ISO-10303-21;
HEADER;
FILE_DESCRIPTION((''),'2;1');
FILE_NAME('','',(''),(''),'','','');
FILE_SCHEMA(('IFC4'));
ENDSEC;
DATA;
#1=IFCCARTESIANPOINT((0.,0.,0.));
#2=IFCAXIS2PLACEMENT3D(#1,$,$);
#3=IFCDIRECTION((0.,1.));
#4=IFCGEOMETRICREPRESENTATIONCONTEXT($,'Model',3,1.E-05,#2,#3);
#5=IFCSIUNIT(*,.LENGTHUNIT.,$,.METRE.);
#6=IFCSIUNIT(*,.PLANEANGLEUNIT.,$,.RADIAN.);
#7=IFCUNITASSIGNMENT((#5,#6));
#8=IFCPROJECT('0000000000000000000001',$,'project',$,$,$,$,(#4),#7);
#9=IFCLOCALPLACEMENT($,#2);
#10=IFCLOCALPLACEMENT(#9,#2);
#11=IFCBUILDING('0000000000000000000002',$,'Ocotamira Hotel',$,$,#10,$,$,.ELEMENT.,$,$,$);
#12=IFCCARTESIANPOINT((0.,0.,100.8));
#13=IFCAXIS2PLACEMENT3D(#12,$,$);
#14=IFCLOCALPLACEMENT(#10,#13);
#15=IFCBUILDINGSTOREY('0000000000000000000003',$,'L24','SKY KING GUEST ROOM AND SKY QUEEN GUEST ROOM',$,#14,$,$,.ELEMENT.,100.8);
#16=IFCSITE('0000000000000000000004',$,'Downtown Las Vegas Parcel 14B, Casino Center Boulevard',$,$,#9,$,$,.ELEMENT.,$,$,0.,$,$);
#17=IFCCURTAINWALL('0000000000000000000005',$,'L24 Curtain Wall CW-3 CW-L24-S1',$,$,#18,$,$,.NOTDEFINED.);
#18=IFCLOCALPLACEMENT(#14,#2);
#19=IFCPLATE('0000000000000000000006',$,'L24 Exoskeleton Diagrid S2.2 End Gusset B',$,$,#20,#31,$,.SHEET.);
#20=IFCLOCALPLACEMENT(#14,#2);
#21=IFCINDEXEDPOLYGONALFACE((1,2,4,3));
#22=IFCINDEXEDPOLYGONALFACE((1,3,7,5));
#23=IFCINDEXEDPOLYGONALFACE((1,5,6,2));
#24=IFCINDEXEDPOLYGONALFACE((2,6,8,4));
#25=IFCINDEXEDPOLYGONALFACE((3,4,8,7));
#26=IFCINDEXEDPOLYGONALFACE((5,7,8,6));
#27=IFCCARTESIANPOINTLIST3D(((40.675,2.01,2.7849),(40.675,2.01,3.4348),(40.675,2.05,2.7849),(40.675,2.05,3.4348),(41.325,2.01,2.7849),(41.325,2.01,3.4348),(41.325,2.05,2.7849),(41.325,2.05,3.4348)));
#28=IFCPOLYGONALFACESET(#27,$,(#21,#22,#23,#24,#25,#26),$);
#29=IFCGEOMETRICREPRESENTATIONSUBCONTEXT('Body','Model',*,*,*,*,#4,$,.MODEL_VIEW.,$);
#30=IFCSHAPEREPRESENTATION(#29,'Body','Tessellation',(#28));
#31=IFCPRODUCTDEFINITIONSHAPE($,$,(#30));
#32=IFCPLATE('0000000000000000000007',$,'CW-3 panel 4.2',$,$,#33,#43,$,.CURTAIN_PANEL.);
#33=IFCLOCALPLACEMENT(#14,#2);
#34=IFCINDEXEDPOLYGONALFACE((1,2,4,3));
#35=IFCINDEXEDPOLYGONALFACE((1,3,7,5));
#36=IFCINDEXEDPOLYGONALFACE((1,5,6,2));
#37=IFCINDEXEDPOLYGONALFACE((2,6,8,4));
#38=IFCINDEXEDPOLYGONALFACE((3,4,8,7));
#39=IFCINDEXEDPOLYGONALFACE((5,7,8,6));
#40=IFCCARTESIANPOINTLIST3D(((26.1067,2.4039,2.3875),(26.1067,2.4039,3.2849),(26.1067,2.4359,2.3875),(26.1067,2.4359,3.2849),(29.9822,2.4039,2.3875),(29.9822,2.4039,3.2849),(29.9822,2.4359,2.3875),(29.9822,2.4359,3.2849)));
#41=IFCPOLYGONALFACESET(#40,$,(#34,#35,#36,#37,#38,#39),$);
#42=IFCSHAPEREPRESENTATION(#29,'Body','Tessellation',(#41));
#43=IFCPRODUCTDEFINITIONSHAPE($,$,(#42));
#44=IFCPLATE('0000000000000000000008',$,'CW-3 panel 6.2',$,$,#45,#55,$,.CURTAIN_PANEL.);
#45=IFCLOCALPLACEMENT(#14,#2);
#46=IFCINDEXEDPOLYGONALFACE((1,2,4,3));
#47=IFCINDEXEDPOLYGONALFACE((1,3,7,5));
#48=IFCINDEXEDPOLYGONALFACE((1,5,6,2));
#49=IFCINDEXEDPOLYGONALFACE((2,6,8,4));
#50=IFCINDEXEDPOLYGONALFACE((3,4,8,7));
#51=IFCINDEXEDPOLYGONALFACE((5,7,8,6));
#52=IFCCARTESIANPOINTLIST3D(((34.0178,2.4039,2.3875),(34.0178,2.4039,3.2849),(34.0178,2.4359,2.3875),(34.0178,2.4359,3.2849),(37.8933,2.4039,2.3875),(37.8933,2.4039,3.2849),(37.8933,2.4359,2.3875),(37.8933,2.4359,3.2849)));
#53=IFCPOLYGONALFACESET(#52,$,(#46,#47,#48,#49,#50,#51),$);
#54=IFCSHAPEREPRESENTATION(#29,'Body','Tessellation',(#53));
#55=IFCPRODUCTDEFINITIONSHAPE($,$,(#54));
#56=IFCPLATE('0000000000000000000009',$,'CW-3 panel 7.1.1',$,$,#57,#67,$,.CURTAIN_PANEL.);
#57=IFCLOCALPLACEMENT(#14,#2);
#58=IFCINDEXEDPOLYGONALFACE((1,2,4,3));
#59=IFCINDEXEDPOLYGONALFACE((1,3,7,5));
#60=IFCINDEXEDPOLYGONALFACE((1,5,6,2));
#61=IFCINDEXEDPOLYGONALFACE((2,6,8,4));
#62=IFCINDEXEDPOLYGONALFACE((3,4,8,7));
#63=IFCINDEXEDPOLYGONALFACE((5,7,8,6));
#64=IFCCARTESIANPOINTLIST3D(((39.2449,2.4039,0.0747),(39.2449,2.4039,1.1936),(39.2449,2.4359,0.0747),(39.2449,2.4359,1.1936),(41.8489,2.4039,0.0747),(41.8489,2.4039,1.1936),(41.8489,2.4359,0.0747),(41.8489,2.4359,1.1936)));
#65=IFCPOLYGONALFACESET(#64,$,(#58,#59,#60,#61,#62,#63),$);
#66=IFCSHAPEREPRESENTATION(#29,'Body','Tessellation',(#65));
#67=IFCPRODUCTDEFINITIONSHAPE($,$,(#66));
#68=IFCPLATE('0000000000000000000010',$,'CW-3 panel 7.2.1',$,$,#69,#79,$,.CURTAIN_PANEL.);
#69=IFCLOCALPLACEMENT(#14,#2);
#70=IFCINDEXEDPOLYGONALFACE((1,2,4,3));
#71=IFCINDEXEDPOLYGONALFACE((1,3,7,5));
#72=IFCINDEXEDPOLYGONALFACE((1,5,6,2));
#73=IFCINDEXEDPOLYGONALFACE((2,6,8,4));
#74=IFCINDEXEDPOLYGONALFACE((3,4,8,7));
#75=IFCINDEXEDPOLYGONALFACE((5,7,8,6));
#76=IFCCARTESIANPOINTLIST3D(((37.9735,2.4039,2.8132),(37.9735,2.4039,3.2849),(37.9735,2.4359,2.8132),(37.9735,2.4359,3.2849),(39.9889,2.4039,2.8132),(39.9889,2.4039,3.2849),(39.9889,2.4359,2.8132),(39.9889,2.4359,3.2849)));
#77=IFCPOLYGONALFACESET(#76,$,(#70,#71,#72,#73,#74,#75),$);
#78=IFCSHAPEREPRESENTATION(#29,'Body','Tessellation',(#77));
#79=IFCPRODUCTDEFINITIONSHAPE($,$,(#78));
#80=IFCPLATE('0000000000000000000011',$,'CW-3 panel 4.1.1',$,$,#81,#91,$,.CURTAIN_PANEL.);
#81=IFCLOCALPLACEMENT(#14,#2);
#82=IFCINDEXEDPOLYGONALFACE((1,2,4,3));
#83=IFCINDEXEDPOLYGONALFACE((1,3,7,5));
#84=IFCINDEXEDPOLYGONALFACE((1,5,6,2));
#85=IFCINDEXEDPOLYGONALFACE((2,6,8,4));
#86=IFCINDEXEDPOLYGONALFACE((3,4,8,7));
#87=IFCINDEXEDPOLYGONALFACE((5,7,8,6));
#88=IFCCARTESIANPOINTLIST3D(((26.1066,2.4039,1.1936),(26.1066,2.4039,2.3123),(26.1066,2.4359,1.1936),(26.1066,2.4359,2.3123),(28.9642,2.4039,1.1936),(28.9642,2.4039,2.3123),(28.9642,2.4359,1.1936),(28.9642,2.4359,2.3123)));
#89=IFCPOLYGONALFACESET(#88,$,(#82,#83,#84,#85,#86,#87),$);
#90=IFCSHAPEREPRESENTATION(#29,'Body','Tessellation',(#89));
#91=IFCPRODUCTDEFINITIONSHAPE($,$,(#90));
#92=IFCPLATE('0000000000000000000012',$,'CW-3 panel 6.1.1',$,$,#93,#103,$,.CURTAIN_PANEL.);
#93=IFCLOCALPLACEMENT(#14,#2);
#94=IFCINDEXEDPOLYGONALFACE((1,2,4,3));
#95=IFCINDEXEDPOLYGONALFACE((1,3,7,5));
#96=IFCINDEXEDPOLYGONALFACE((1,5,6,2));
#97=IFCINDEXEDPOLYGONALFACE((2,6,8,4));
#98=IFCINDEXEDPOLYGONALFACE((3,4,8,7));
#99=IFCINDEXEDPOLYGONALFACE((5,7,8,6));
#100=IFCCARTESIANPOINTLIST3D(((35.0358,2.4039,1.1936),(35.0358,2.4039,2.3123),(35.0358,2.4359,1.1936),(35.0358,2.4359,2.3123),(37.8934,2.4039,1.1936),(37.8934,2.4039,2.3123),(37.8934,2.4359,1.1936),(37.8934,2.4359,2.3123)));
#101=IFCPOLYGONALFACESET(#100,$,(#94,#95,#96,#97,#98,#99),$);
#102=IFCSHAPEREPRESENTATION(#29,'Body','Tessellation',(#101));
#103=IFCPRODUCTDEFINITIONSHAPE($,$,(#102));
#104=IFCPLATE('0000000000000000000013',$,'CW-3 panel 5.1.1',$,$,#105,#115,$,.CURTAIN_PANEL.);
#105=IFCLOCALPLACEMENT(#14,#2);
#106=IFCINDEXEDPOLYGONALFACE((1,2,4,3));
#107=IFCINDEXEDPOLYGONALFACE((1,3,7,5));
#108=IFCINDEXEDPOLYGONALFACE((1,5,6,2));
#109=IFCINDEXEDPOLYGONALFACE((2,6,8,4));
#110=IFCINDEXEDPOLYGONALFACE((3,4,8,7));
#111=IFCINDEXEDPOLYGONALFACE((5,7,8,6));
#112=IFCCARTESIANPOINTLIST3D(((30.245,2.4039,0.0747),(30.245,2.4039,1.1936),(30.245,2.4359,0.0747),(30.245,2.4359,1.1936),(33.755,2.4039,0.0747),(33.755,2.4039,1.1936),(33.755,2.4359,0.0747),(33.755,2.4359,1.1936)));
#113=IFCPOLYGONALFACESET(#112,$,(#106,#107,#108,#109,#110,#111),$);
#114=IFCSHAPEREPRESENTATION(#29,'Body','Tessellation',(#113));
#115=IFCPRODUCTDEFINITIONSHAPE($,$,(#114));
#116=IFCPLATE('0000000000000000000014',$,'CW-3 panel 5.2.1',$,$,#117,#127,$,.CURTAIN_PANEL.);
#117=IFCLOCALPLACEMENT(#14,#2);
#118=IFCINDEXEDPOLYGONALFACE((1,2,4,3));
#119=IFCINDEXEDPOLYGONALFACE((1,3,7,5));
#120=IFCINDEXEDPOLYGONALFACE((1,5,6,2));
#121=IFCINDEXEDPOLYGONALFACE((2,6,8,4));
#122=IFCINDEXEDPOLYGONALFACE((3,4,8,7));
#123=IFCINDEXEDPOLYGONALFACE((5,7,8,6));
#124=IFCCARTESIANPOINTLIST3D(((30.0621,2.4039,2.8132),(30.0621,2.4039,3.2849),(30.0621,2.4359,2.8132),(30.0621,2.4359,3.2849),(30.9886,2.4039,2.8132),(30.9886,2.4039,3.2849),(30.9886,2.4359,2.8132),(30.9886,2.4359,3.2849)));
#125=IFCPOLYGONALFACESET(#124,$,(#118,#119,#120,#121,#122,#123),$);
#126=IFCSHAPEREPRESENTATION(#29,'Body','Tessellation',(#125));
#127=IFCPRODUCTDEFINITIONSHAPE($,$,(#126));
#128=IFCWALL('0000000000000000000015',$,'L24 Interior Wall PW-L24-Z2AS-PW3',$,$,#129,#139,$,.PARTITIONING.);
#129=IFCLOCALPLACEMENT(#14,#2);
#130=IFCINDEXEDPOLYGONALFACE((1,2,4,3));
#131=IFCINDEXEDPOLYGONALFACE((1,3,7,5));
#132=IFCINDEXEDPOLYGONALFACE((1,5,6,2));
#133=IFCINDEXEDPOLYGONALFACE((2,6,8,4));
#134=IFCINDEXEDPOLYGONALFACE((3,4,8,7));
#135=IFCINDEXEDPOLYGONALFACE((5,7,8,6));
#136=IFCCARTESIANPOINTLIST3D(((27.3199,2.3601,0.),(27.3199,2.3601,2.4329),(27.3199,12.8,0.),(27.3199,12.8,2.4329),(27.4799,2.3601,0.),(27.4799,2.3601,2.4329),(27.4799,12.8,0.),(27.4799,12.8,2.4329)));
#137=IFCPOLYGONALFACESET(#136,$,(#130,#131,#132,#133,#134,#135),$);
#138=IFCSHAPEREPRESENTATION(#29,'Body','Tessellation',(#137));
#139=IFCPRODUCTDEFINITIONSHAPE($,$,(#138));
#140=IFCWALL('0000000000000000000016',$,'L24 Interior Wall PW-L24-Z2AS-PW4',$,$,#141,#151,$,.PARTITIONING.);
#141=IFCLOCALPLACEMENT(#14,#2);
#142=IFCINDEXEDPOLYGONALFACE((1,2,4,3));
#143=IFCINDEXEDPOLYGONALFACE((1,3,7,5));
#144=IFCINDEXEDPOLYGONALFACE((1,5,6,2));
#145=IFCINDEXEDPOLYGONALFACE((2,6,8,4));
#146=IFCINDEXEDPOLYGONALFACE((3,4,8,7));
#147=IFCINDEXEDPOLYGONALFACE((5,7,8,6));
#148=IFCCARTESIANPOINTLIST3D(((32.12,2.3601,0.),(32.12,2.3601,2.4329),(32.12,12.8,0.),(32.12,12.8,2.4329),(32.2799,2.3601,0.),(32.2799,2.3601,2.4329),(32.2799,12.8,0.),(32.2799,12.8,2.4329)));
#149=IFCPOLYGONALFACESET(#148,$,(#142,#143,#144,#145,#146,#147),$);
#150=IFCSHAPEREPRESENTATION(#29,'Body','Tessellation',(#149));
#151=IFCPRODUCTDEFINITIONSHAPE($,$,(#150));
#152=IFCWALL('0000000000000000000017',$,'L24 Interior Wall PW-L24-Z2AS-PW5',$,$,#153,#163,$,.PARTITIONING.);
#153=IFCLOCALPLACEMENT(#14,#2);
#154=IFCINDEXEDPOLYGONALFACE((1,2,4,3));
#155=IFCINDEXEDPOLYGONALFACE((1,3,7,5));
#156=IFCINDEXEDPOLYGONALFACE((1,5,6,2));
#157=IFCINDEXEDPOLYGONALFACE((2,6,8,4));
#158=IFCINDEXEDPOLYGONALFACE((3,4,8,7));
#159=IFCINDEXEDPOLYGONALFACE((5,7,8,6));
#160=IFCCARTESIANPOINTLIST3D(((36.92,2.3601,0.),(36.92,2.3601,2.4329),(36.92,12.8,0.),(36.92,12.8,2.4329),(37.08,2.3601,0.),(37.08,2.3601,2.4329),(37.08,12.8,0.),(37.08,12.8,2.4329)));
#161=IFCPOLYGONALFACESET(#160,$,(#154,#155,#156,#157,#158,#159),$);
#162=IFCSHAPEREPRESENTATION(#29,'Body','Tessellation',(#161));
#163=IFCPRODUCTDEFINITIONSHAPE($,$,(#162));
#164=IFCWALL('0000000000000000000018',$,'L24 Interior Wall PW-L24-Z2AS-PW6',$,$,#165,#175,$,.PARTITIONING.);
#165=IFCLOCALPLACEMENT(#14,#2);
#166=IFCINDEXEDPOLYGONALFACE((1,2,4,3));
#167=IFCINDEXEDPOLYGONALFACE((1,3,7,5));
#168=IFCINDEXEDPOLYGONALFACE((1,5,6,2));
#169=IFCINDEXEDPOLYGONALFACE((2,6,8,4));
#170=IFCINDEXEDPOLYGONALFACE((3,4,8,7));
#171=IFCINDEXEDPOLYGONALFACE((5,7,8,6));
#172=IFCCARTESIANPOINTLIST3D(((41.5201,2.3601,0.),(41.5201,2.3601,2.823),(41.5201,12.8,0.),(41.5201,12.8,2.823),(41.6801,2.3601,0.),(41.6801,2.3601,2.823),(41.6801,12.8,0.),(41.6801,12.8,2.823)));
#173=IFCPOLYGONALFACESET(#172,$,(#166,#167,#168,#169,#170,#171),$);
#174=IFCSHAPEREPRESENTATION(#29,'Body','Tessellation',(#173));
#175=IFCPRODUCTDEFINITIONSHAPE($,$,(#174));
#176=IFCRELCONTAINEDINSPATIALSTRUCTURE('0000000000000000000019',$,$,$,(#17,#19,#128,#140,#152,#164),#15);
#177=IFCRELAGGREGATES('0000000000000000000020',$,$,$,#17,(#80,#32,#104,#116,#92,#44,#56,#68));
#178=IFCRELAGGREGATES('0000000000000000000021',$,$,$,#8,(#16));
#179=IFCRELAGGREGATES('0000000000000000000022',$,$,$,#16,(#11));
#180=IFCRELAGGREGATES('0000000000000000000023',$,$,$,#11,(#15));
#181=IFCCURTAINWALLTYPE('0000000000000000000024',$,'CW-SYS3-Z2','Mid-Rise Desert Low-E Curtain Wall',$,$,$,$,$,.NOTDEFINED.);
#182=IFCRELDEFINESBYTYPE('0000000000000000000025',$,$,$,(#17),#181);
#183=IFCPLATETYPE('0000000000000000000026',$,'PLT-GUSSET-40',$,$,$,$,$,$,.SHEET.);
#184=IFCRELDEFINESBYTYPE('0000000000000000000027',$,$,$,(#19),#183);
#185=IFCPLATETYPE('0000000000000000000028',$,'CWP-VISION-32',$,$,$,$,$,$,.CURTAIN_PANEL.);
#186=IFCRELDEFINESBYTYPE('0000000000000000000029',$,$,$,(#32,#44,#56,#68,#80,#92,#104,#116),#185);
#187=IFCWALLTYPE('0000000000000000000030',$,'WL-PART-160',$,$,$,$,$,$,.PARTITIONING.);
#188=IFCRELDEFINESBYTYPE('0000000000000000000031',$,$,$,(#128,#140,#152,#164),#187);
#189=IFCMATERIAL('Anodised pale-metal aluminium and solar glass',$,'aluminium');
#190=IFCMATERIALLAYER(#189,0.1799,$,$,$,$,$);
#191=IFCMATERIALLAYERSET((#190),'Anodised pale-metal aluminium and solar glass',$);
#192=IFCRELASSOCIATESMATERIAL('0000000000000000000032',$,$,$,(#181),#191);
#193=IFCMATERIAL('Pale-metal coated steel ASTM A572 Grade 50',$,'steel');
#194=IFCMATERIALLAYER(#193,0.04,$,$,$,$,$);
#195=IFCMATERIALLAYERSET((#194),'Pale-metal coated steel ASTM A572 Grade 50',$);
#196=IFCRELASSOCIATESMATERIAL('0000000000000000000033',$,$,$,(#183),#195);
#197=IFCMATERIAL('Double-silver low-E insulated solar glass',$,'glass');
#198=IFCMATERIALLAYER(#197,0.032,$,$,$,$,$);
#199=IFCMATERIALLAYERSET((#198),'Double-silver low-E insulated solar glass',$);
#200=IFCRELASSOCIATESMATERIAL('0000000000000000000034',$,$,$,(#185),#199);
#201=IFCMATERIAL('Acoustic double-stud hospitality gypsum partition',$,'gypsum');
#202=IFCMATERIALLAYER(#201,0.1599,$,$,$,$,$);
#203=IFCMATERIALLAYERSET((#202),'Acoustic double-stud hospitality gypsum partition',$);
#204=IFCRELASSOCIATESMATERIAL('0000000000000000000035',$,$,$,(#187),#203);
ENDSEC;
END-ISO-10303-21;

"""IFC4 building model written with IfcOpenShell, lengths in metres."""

from ifc_helpers import new_model, si_unit, direction, frame, frame_2d, origin, origin_2d, place, context, subcontext, project, spatial, rectangle, extrude, source, transform, mapped, material, layer, layer_set, type_object, element, aggregate, save


model = new_model("IFC4")

# Units and contexts
model_context = context("Model", 3, precision=1e-05, world=origin(), true_north=direction((0.0, 1.0)))
body_context = subcontext(model_context, "Body", "Model", "MODEL_VIEW")
ifc_project = project(units=[si_unit("LENGTHUNIT", "METRE"), si_unit("PLANEANGLEUNIT", "RADIAN")], contexts=[model_context])

# Site, building, storey
site_placement = place(None, origin())
site = spatial("IfcSite", under=ifc_project, at=site_placement, Name="Downtown Las Vegas Parcel 14B, Casino Center Boulevard", CompositionType="ELEMENT", RefElevation=0.0)
building_placement = place(site_placement, origin())
building = spatial("IfcBuilding", under=site, at=building_placement, Name="Ocotamira Hotel", CompositionType="ELEMENT")
storey_placement = place(building_placement, frame((0.0, 0.0, 100.8)))
storey = spatial("IfcBuildingStorey", under=building, at=storey_placement, Name="L24", Description="SKY KING GUEST ROOM AND SKY QUEEN GUEST ROOM", CompositionType="ELEMENT", Elevation=100.8)

# Curtain wall
ifc_material_1 = material(Name="Anodised pale-metal aluminium and solar glass", Category="aluminium")
ifc_layer_1 = layer(ifc_material_1, 0.1799)
ifc_layer_set_1 = layer_set([ifc_layer_1], Name="Anodised pale-metal aluminium and solar glass")
curtain_wall_type = type_object("IfcCurtainWallType", Name="CW-SYS3-Z2", Description="Mid-Rise Desert Low-E Curtain Wall", PredefinedType="NOTDEFINED", material=ifc_layer_set_1)
curtain_wall_placement = place(storey_placement, origin())
curtain_wall = element("IfcCurtainWall", 1, at=curtain_wall_placement, inside=storey, type_object=curtain_wall_type, Name="L24 Curtain Wall CW-3 CW-L24-S1", PredefinedType="NOTDEFINED")

# Plate
ifc_material_2 = material(Name="Pale-metal coated steel ASTM A572 Grade 50", Category="steel")
ifc_layer_2 = layer(ifc_material_2, 0.04)
ifc_layer_set_2 = layer_set([ifc_layer_2], Name="Pale-metal coated steel ASTM A572 Grade 50")
plate_type_1 = type_object("IfcPlateType", Name="PLT-GUSSET-40", PredefinedType="SHEET", material=ifc_layer_set_2)
shared_shape_1 = source(origin(), body_context, "Body", "SweptSolid", [
    extrude(rectangle(XDim=0.6499, YDim=0.04, at=origin_2d()), origin(), (0.0, 0.0, 1.0), 0.6499),
])
for number, where, z_axis, x_axis, name in (
    (2, (41.0, 2.03, 2.7849), (0.0, 0.0, 1.0), (1.0, 0.0, 0.0), "L24 Exoskeleton Diagrid S2.2 End Gusset B"),
):
    element("IfcPlate", number, at=place(storey_placement, frame(where, z_axis=z_axis, x_axis=x_axis)), inside=storey, type_object=plate_type_1, Name=name, PredefinedType="SHEET", context=body_context, shape_type="MappedRepresentation", body=[
        mapped(shared_shape_1, transform((0.0, 0.0, 0.0), scale=1.0)),
    ])

# Plates
ifc_material_3 = material(Name="Double-silver low-E insulated solar glass", Category="glass")
ifc_layer_3 = layer(ifc_material_3, 0.032)
ifc_layer_set_3 = layer_set([ifc_layer_3], Name="Double-silver low-E insulated solar glass")
plate_type_2 = type_object("IfcPlateType", Name="CWP-VISION-32", PredefinedType="CURTAIN_PANEL", material=ifc_layer_set_3)
shared_shape_2 = source(origin(), body_context, "Body", "SweptSolid", [
    extrude(rectangle(XDim=3.8755, YDim=0.032, at=origin_2d()), origin(), (0.0, 0.0, 1.0), 0.8975),
])
plate_1_placement = place(storey_placement, frame((28.0444, 2.4199, 2.3875), z_axis=(0.0, 0.0, 1.0), x_axis=(1.0, 0.0, 0.0)))
plate_1 = element("IfcPlate", 3, at=plate_1_placement, type_object=plate_type_2, Name="CW-3 panel 4.2", PredefinedType="CURTAIN_PANEL", context=body_context, shape_type="MappedRepresentation", body=[
    mapped(shared_shape_2, transform((0.0, 0.0, 0.0), scale=1.0)),
])
plate_2_placement = place(storey_placement, frame((35.9556, 2.4199, 2.3875), z_axis=(0.0, 0.0, 1.0), x_axis=(1.0, 0.0, 0.0)))
plate_2 = element("IfcPlate", 4, at=plate_2_placement, type_object=plate_type_2, Name="CW-3 panel 6.2", PredefinedType="CURTAIN_PANEL", context=body_context, shape_type="MappedRepresentation", body=[
    mapped(shared_shape_2, transform((0.0, 0.0, 0.0), scale=1.0)),
])
shared_shape_3 = source(origin(), body_context, "Body", "SweptSolid", [
    extrude(rectangle(XDim=2.604, YDim=0.032, at=origin_2d()), origin(), (0.0, 0.0, 1.0), 1.1189),
])
plate_3_placement = place(storey_placement, frame((40.5469, 2.4199, 0.0747), z_axis=(0.0, 0.0, 1.0), x_axis=(1.0, 0.0, 0.0)))
plate_3 = element("IfcPlate", 5, at=plate_3_placement, type_object=plate_type_2, Name="CW-3 panel 7.1.1", PredefinedType="CURTAIN_PANEL", context=body_context, shape_type="MappedRepresentation", body=[
    mapped(shared_shape_3, transform((0.0, 0.0, 0.0), scale=1.0)),
])
shared_shape_4 = source(origin(), body_context, "Body", "SweptSolid", [
    extrude(rectangle(XDim=2.0154, YDim=0.032, at=origin_2d()), origin(), (0.0, 0.0, 1.0), 0.4717),
])
plate_4_placement = place(storey_placement, frame((38.9812, 2.4199, 2.8132), z_axis=(0.0, 0.0, 1.0), x_axis=(1.0, 0.0, 0.0)))
plate_4 = element("IfcPlate", 6, at=plate_4_placement, type_object=plate_type_2, Name="CW-3 panel 7.2.1", PredefinedType="CURTAIN_PANEL", context=body_context, shape_type="MappedRepresentation", body=[
    mapped(shared_shape_4, transform((0.0, 0.0, 0.0), scale=1.0)),
])
shared_shape_5 = source(origin(), body_context, "Body", "SweptSolid", [
    extrude(rectangle(XDim=2.8577, YDim=0.032, at=origin_2d()), origin(), (0.0, 0.0, 1.0), 1.1187),
])
plate_5_placement = place(storey_placement, frame((27.5354, 2.4199, 1.1936), z_axis=(0.0, 0.0, 1.0), x_axis=(1.0, 0.0, 0.0)))
plate_5 = element("IfcPlate", 7, at=plate_5_placement, type_object=plate_type_2, Name="CW-3 panel 4.1.1", PredefinedType="CURTAIN_PANEL", context=body_context, shape_type="MappedRepresentation", body=[
    mapped(shared_shape_5, transform((0.0, 0.0, 0.0), scale=1.0)),
])
plate_6_placement = place(storey_placement, frame((36.4646, 2.4199, 1.1936), z_axis=(0.0, 0.0, 1.0), x_axis=(1.0, 0.0, 0.0)))
plate_6 = element("IfcPlate", 8, at=plate_6_placement, type_object=plate_type_2, Name="CW-3 panel 6.1.1", PredefinedType="CURTAIN_PANEL", context=body_context, shape_type="MappedRepresentation", body=[
    mapped(shared_shape_5, transform((0.0, 0.0, 0.0), scale=1.0)),
])
shared_shape_6 = source(origin(), body_context, "Body", "SweptSolid", [
    extrude(rectangle(XDim=3.51, YDim=0.032, at=origin_2d()), origin(), (0.0, 0.0, 1.0), 1.1189),
])
plate_7_placement = place(storey_placement, frame((32.0, 2.4199, 0.0747), z_axis=(0.0, 0.0, 1.0), x_axis=(1.0, 0.0, 0.0)))
plate_7 = element("IfcPlate", 9, at=plate_7_placement, type_object=plate_type_2, Name="CW-3 panel 5.1.1", PredefinedType="CURTAIN_PANEL", context=body_context, shape_type="MappedRepresentation", body=[
    mapped(shared_shape_6, transform((0.0, 0.0, 0.0), scale=1.0)),
])
shared_shape_7 = source(origin(), body_context, "Body", "SweptSolid", [
    extrude(rectangle(XDim=0.9265, YDim=0.032, at=origin_2d()), origin(), (0.0, 0.0, 1.0), 0.4717),
])
plate_8_placement = place(storey_placement, frame((30.5254, 2.4199, 2.8132), z_axis=(0.0, 0.0, 1.0), x_axis=(1.0, 0.0, 0.0)))
plate_8 = element("IfcPlate", 10, at=plate_8_placement, type_object=plate_type_2, Name="CW-3 panel 5.2.1", PredefinedType="CURTAIN_PANEL", context=body_context, shape_type="MappedRepresentation", body=[
    mapped(shared_shape_7, transform((0.0, 0.0, 0.0), scale=1.0)),
])
aggregate(curtain_wall, [plate_5, plate_1, plate_7, plate_8, plate_6, plate_2, plate_3, plate_4])

# Walls
ifc_material_4 = material(Name="Acoustic double-stud hospitality gypsum partition", Category="gypsum")
ifc_layer_4 = layer(ifc_material_4, 0.1599)
ifc_layer_set_4 = layer_set([ifc_layer_4], Name="Acoustic double-stud hospitality gypsum partition")
wall_type = type_object("IfcWallType", Name="WL-PART-160", PredefinedType="PARTITIONING", material=ifc_layer_set_4)
for number, where, z_axis, x_axis, name in (
    (11, (27.3999, 2.3601, 0.0), (0.0, 0.0, 1.0), (0.0, 1.0, 0.0), "L24 Interior Wall PW-L24-Z2AS-PW3"),
    (12, (32.2, 2.3601, 0.0), (0.0, 0.0, 1.0), (0.0, 1.0, 0.0), "L24 Interior Wall PW-L24-Z2AS-PW4"),
    (13, (37.0, 2.3601, 0.0), (0.0, 0.0, 1.0), (0.0, 1.0, 0.0), "L24 Interior Wall PW-L24-Z2AS-PW5"),
):
    element("IfcWall", number, at=place(storey_placement, frame(where, z_axis=z_axis, x_axis=x_axis)), inside=storey, type_object=wall_type, Name=name, PredefinedType="PARTITIONING", context=body_context, shape_type="SweptSolid", body=[
        extrude(rectangle(XDim=10.4399, YDim=0.1599, at=frame_2d((5.22, 0.0))), origin(), (0.0, 0.0, 1.0), 2.4329),
    ])
wall_placement = place(storey_placement, frame((41.6001, 2.3601, 0.0), z_axis=(0.0, 0.0, 1.0), x_axis=(0.0, 1.0, 0.0)))
element("IfcWall", 14, at=wall_placement, inside=storey, type_object=wall_type, Name="L24 Interior Wall PW-L24-Z2AS-PW6", PredefinedType="PARTITIONING", context=body_context, shape_type="SweptSolid", body=[
    extrude(rectangle(XDim=10.4399, YDim=0.1599, at=frame_2d((5.22, 0.0))), origin(), (0.0, 0.0, 1.0), 2.823),
])

save(model, "model.ifc")
